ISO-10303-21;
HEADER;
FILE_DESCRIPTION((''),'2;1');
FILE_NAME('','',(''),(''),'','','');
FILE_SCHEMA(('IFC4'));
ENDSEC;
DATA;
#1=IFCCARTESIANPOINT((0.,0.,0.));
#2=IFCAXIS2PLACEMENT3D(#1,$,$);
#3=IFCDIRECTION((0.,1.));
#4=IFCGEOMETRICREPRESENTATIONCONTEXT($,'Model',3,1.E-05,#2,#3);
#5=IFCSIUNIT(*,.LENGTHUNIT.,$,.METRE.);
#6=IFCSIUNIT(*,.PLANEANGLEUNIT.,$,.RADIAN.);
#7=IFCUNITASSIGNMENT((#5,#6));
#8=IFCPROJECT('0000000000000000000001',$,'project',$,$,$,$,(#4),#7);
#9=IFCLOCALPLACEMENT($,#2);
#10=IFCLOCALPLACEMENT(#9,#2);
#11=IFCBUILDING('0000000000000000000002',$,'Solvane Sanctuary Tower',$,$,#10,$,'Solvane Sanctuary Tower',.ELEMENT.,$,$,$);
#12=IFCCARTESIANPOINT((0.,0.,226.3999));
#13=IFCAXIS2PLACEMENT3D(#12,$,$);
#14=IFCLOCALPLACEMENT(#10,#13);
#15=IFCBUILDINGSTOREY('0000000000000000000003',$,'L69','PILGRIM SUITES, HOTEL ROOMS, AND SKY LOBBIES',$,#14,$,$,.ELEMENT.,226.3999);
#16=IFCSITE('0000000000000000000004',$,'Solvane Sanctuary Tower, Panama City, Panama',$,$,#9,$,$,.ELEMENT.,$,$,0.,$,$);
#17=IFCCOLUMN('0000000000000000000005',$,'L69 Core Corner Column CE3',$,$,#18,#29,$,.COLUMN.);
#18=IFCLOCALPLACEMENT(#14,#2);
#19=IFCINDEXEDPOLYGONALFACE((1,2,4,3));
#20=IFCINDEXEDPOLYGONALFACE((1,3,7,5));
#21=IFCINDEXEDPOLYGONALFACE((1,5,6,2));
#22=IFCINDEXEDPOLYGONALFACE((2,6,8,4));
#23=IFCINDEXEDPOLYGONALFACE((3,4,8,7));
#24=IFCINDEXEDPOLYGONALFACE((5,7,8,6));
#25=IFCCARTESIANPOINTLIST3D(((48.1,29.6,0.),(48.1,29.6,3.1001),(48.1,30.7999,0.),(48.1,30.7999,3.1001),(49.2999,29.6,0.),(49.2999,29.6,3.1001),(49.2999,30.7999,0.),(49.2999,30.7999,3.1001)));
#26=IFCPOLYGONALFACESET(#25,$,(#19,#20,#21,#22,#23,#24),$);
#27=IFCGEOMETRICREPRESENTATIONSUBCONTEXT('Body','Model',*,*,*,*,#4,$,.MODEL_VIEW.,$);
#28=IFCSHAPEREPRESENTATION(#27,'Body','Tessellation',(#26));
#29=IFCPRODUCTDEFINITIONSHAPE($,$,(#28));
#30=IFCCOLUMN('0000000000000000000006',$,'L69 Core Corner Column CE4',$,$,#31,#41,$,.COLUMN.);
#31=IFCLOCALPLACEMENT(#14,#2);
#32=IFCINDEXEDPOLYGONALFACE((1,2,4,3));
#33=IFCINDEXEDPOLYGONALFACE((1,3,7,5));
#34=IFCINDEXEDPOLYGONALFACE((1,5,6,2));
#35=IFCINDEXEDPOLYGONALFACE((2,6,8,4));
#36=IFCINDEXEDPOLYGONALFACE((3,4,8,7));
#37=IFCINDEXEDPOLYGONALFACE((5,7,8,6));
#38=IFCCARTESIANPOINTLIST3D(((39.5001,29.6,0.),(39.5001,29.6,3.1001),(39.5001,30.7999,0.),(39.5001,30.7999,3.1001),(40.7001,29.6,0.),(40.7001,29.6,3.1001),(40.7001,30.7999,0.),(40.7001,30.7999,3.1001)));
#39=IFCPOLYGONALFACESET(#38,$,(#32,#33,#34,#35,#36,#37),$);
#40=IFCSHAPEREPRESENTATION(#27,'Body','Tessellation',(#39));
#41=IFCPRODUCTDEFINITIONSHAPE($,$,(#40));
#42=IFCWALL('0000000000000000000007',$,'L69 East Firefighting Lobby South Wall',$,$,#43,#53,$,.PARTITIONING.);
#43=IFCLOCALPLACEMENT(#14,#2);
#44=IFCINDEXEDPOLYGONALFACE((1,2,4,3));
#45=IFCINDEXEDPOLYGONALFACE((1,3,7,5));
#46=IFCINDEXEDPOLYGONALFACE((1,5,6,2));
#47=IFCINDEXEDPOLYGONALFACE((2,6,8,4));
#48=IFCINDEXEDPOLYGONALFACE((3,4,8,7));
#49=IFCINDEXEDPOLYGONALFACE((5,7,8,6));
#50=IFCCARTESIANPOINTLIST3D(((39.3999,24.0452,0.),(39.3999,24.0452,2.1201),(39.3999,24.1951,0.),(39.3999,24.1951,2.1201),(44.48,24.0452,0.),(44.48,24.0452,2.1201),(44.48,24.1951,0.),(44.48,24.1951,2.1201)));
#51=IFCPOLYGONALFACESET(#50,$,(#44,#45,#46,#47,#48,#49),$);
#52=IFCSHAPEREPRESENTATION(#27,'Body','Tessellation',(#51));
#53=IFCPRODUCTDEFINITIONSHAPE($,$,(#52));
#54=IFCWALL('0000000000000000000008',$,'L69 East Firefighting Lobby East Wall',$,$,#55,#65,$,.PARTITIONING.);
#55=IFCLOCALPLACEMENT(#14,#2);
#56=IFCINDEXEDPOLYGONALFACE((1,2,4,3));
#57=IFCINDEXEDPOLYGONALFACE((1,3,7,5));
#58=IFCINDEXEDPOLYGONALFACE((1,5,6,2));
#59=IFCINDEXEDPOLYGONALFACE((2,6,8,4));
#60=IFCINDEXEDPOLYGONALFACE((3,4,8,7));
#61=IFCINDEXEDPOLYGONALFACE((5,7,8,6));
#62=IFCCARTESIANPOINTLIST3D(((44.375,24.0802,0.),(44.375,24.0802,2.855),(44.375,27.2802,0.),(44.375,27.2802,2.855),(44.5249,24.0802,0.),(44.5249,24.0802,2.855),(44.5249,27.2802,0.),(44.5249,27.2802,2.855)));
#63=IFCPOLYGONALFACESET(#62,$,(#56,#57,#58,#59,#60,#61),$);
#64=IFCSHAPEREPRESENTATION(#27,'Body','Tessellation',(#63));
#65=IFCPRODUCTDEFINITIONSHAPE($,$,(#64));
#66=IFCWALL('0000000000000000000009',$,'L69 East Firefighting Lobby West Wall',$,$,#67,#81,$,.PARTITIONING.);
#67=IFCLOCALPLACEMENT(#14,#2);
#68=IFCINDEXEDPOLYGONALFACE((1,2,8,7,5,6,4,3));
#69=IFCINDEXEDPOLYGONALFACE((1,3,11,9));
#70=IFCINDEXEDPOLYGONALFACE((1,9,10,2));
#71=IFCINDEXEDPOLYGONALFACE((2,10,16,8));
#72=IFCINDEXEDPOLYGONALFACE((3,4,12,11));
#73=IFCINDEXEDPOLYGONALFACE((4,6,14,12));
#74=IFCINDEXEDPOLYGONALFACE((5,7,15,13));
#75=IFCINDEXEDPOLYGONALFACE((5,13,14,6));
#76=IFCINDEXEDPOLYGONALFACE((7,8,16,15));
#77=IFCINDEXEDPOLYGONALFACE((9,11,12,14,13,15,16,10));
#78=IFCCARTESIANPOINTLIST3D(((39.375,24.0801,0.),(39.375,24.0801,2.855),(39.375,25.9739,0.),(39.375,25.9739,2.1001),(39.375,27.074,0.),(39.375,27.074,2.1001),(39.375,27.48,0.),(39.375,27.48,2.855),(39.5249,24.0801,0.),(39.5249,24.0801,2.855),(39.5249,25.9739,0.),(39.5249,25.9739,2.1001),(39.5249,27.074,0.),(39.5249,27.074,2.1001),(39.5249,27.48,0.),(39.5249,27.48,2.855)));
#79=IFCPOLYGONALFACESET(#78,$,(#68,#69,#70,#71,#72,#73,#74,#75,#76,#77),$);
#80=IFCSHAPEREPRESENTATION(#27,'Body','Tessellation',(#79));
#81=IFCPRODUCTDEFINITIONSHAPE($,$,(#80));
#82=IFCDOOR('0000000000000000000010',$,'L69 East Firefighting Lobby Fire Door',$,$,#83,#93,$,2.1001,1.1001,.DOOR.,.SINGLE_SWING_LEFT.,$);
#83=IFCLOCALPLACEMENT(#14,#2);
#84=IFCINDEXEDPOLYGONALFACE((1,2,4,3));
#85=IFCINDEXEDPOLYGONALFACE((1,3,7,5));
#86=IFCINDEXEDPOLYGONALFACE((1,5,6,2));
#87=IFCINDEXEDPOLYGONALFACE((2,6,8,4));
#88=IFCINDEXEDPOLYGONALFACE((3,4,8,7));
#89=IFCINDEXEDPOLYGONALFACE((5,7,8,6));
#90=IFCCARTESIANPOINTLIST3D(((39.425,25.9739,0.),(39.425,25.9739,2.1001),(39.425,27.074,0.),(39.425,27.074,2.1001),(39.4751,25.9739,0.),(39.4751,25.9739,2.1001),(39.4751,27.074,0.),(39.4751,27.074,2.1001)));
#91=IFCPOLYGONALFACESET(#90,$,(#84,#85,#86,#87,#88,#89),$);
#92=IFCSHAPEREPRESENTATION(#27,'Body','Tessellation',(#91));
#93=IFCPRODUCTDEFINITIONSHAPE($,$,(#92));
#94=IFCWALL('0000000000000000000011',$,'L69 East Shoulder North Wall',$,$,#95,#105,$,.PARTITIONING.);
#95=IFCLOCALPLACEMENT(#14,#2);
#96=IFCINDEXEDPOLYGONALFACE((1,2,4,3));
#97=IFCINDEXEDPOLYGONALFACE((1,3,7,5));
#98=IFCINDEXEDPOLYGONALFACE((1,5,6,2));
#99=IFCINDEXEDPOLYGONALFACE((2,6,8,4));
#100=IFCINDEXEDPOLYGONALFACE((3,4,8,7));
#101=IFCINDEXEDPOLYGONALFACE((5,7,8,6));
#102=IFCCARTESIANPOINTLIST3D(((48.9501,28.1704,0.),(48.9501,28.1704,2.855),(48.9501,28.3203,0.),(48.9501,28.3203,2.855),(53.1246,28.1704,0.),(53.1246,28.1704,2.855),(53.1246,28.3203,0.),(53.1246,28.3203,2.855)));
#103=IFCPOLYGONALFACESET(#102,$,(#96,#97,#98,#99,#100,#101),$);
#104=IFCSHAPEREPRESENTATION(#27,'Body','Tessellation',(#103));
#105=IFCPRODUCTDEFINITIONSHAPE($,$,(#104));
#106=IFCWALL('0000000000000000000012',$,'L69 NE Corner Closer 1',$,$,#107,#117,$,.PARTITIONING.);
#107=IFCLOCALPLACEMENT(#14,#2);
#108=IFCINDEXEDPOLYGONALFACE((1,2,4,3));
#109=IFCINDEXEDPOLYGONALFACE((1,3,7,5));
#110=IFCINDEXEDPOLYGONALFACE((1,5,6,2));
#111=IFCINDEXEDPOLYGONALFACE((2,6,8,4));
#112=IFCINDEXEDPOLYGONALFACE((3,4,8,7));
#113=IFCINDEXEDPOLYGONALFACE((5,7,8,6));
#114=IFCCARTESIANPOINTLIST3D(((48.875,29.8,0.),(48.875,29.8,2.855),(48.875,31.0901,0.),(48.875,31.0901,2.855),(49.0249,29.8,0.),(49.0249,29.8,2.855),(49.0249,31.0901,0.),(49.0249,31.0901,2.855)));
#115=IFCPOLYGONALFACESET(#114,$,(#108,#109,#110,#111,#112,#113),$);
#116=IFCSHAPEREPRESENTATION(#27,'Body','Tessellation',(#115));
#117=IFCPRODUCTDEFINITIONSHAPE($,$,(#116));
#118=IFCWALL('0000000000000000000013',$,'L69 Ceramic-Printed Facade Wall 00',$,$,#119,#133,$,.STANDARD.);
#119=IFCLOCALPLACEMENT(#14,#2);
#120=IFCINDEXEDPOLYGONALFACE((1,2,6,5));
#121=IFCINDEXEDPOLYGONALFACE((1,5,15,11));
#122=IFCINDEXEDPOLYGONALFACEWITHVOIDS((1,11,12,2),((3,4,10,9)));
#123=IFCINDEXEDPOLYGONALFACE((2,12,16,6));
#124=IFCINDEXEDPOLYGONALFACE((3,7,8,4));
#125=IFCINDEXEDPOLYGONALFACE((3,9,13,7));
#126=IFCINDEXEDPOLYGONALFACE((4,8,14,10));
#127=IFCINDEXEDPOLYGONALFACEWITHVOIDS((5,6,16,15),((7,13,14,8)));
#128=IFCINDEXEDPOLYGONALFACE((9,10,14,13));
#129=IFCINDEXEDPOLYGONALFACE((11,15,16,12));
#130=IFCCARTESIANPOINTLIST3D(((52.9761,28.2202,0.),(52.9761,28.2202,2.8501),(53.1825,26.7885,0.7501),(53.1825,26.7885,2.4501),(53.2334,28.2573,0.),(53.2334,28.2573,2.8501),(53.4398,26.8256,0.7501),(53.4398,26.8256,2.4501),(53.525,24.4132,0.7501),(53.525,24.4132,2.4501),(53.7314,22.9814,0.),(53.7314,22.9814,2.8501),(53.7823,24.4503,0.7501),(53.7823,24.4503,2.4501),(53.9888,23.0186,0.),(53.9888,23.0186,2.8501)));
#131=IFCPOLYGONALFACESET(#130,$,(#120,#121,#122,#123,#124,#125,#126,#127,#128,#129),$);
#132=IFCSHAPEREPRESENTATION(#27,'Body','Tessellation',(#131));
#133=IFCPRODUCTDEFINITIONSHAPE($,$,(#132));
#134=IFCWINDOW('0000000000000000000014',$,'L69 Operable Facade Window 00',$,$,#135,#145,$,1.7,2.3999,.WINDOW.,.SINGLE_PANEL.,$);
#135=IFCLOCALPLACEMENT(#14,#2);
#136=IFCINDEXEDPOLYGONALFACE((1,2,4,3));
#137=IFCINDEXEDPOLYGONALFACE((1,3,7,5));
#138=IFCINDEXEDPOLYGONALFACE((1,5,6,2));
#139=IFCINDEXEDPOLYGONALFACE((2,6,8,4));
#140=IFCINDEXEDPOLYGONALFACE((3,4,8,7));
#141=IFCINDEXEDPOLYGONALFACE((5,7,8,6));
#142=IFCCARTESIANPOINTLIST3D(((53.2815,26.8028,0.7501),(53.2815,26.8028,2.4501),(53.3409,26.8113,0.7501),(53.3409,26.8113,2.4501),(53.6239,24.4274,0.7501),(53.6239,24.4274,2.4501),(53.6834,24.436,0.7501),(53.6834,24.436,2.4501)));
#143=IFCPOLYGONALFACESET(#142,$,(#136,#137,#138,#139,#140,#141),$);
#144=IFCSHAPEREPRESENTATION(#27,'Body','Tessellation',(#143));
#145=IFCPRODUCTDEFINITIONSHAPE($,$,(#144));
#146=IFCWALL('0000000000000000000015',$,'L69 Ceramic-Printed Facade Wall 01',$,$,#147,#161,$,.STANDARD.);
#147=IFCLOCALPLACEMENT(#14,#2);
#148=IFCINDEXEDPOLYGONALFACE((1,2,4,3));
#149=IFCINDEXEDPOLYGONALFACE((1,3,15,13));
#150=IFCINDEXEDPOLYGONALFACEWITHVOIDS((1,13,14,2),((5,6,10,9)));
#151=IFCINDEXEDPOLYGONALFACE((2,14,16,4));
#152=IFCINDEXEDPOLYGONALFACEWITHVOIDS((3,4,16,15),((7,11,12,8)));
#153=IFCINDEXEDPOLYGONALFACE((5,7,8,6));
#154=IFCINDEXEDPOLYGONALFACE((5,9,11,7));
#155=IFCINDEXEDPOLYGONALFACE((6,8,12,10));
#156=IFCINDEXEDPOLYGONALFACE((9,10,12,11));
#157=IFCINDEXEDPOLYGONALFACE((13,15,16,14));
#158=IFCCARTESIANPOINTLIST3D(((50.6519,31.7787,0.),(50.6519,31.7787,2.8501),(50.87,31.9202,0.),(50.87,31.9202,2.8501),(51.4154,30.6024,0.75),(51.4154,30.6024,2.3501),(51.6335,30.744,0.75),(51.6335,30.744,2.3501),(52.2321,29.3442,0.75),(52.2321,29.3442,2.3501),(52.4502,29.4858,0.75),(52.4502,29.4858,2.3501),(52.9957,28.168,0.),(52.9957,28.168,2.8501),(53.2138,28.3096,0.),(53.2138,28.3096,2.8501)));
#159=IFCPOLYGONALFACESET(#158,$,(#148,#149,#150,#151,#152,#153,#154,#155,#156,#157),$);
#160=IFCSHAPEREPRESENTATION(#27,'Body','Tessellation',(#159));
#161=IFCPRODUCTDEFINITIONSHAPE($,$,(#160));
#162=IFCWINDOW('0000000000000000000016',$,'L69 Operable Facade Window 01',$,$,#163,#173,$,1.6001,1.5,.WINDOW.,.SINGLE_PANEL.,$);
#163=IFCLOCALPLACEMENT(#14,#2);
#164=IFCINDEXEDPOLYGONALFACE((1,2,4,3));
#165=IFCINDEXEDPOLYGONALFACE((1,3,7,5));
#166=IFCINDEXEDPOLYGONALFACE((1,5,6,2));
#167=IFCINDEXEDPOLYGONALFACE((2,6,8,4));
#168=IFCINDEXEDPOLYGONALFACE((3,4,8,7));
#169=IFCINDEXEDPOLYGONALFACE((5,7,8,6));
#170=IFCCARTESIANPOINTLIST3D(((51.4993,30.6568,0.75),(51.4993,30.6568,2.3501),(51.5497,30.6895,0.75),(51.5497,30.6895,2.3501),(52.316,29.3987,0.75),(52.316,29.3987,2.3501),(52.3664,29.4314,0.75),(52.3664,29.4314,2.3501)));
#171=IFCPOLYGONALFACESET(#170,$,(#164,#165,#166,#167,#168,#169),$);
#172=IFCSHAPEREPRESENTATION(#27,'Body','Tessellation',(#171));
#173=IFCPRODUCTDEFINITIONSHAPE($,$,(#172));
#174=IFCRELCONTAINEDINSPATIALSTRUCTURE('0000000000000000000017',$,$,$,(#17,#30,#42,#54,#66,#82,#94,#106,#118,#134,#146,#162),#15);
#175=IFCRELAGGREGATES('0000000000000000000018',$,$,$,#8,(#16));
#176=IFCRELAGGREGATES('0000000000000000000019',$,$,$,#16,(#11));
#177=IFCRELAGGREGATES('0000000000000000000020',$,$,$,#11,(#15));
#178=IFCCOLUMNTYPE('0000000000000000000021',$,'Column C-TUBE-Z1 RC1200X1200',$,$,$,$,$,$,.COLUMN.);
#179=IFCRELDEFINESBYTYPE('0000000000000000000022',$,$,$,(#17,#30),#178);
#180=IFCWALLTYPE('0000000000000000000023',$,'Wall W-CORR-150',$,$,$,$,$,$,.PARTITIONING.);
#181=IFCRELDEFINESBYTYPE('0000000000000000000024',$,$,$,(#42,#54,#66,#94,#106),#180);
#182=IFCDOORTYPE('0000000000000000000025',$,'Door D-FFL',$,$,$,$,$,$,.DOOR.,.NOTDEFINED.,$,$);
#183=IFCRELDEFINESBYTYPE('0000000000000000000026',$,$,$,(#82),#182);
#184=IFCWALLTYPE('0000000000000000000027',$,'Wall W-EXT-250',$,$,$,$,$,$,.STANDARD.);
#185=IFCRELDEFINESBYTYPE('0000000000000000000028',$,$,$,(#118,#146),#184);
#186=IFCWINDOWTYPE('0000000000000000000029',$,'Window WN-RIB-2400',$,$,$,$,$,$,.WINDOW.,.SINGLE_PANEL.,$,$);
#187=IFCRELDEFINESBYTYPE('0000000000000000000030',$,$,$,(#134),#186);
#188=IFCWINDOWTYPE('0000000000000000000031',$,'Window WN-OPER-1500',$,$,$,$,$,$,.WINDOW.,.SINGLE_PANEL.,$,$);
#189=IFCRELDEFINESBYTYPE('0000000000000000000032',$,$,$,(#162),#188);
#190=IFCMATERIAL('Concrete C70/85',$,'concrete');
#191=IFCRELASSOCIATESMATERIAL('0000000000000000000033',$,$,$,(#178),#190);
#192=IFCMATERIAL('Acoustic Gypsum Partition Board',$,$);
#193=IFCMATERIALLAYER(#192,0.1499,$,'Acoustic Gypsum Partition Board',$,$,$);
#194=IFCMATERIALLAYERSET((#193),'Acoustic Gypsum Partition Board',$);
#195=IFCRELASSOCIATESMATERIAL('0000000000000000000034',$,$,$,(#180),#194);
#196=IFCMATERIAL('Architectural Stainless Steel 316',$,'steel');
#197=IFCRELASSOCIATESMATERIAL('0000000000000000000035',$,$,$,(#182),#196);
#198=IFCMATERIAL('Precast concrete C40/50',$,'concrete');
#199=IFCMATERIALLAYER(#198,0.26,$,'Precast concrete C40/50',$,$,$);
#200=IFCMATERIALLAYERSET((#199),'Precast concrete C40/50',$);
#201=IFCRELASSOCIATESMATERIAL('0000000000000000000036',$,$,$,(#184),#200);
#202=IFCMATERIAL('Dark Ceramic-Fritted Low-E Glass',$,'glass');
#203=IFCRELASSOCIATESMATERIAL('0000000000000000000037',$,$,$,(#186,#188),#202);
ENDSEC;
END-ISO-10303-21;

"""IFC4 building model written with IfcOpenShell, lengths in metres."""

from ifc_helpers import new_model, si_unit, direction, frame, frame_2d, origin, origin_2d, place, context, subcontext, project, spatial, rectangle, extrude, material, layer, layer_set, material_profile, profile_set, type_object, element, fill, save


model = new_model("IFC4")

# Units and contexts
model_context = context("Model", 3, precision=1e-05, world=origin(), true_north=direction((0.0, 1.0)))
body_context = subcontext(model_context, "Body", "Model", "MODEL_VIEW")
ifc_project = project(units=[si_unit("LENGTHUNIT", "METRE"), si_unit("PLANEANGLEUNIT", "RADIAN")], contexts=[model_context])

# Site, building, storey
site_placement = place(None, origin())
site = spatial("IfcSite", under=ifc_project, at=site_placement, Name="Solvane Sanctuary Tower, Panama City, Panama", CompositionType="ELEMENT", RefElevation=0.0)
building_placement = place(site_placement, origin())
building = spatial("IfcBuilding", under=site, at=building_placement, Name="Solvane Sanctuary Tower", LongName="Solvane Sanctuary Tower", CompositionType="ELEMENT")
storey_placement = place(building_placement, frame((0.0, 0.0, 226.3999)))
storey = spatial("IfcBuildingStorey", under=building, at=storey_placement, Name="L69", Description="PILGRIM SUITES, HOTEL ROOMS, AND SKY LOBBIES", CompositionType="ELEMENT", Elevation=226.3999)

# Columns
ifc_material_1 = material(Name="Concrete C70/85", Category="concrete")
ifc_material_profile = material_profile(ifc_material_1, rectangle(XDim=1.2, YDim=1.2, at=origin_2d()), Name="RC1200X1200")
ifc_profile_set = profile_set([ifc_material_profile], Name="Concrete C70/85")
column_type = type_object("IfcColumnType", Name="Column C-TUBE-Z1 RC1200X1200", PredefinedType="COLUMN", material=ifc_profile_set)
for number, where, z_axis, x_axis, name in (
    (1, (48.7, 30.2, 0.0), (0.0, 0.0, 1.0), (1.0, 0.0, 0.0), "L69 Core Corner Column CE3"),
    (2, (40.1001, 30.2, 0.0), (0.0, 0.0, 1.0), (1.0, 0.0, 0.0), "L69 Core Corner Column CE4"),
):
    element("IfcColumn", number, at=place(storey_placement, frame(where, z_axis=z_axis, x_axis=x_axis)), inside=storey, type_object=column_type, Name=name, PredefinedType="COLUMN", context=body_context, shape_type="SweptSolid", body=[
        extrude(rectangle(XDim=1.2, YDim=1.2, at=origin_2d()), origin(), (0.0, 0.0, 1.0), 3.1001),
    ])

# Walls
ifc_material_2 = material(Name="Acoustic Gypsum Partition Board")
ifc_layer_1 = layer(ifc_material_2, 0.1499, Name="Acoustic Gypsum Partition Board")
ifc_layer_set_1 = layer_set([ifc_layer_1], Name="Acoustic Gypsum Partition Board")
wall_type_1 = type_object("IfcWallType", Name="Wall W-CORR-150", PredefinedType="PARTITIONING", material=ifc_layer_set_1)
wall_1_placement = place(storey_placement, frame((39.3999, 24.1201, 0.0), z_axis=(0.0, 0.0, 1.0), x_axis=(1.0, 0.0, 0.0)))
element("IfcWall", 3, at=wall_1_placement, inside=storey, type_object=wall_type_1, Name="L69 East Firefighting Lobby South Wall", PredefinedType="PARTITIONING", context=body_context, shape_type="SweptSolid", body=[
    extrude(rectangle(XDim=5.0801, YDim=0.1499, at=frame_2d((2.54, 0.0))), origin(), (0.0, 0.0, 1.0), 2.1201),
])
wall_2_placement = place(storey_placement, frame((44.45, 24.0801, 0.0), z_axis=(0.0, 0.0, 1.0), x_axis=(0.0, 1.0, 0.0)))
element("IfcWall", 4, at=wall_2_placement, inside=storey, type_object=wall_type_1, Name="L69 East Firefighting Lobby East Wall", PredefinedType="PARTITIONING", context=body_context, shape_type="SweptSolid", body=[
    extrude(rectangle(XDim=3.2, YDim=0.1499, at=frame_2d((1.6001, 0.0))), origin(), (0.0, 0.0, 1.0), 2.855),
])

# Wall, opening, door
wall_3_placement = place(storey_placement, frame((39.45, 24.0801, 0.0), z_axis=(0.0, 0.0, 1.0), x_axis=(0.0, 1.0, 0.0)))
wall_3 = element("IfcWall", 5, at=wall_3_placement, inside=storey, type_object=wall_type_1, Name="L69 East Firefighting Lobby West Wall", PredefinedType="PARTITIONING", context=body_context, shape_type="SweptSolid", body=[
    extrude(rectangle(XDim=3.3999, YDim=0.1499, at=frame_2d((1.7, 0.0))), origin(), (0.0, 0.0, 1.0), 2.855),
])
opening_1_placement = place(wall_3_placement, frame((1.8938, 0.0, 0.0)))
opening_1 = element("IfcOpeningElement", 6, at=opening_1_placement, cuts=wall_3, PredefinedType="OPENING", context=body_context, shape_type="SweptSolid", body=[
    extrude(rectangle(XDim=1.1001, YDim=2.1001, at=frame_2d((0.55, 1.05))), frame((0.0, 0.085, 0.0), z_axis=(0.0, -1.0, 0.0), x_axis=(1.0, 0.0, 0.0)), (0.0, 0.0, 1.0), 0.1699),
])
ifc_material_3 = material(Name="Architectural Stainless Steel 316", Category="steel")
door_type_1 = type_object("IfcDoorType", Name="Door D-FFL", OperationType="NOTDEFINED", PredefinedType="DOOR", material=ifc_material_3)
door_1_placement = place(opening_1_placement, origin())
door_1 = element("IfcDoor", 7, at=door_1_placement, inside=storey, type_object=door_type_1, Name="L69 East Firefighting Lobby Fire Door", OperationType="SINGLE_SWING_LEFT", OverallHeight=2.1001, OverallWidth=1.1001, PredefinedType="DOOR", context=body_context, shape_type="SweptSolid", body=[
    extrude(rectangle(XDim=1.1001, YDim=2.1001, at=frame_2d((0.55, 1.05))), frame((0.0, 0.0249, 0.0), z_axis=(0.0, -1.0, 0.0), x_axis=(1.0, 0.0, 0.0)), (0.0, 0.0, 1.0), 0.05),
])
fill(opening_1, door_1)

# Walls
wall_4_placement = place(storey_placement, frame((48.95, 28.2454, 0.0), z_axis=(0.0, 0.0, 1.0), x_axis=(1.0, 0.0, 0.0)))
element("IfcWall", 8, at=wall_4_placement, inside=storey, type_object=wall_type_1, Name="L69 East Shoulder North Wall", PredefinedType="PARTITIONING", context=body_context, shape_type="SweptSolid", body=[
    extrude(rectangle(XDim=4.1746, YDim=0.1499, at=frame_2d((2.0874, 0.0))), origin(), (0.0, 0.0, 1.0), 2.855),
])
wall_5_placement = place(storey_placement, frame((48.95, 29.8, 0.0), z_axis=(0.0, 0.0, 1.0), x_axis=(0.0, 1.0, 0.0)))
element("IfcWall", 9, at=wall_5_placement, inside=storey, type_object=wall_type_1, Name="L69 NE Corner Closer 1", PredefinedType="PARTITIONING", context=body_context, shape_type="SweptSolid", body=[
    extrude(rectangle(XDim=1.29, YDim=0.1499, at=frame_2d((0.645, 0.0))), origin(), (0.0, 0.0, 1.0), 2.855),
])

# Walls, openings, windows
ifc_material_4 = material(Name="Precast concrete C40/50", Category="concrete")
ifc_layer_2 = layer(ifc_material_4, 0.26, Name="Precast concrete C40/50")
ifc_layer_set_2 = layer_set([ifc_layer_2], Name="Precast concrete C40/50")
wall_type_2 = type_object("IfcWallType", Name="Wall W-EXT-250", PredefinedType="STANDARD", material=ifc_layer_set_2)
wall_6_placement = place(storey_placement, frame((53.8601, 23.0, 0.0), z_axis=(0.0, 0.0, 1.0), x_axis=(-0.142713, 0.989764, 0.0)))
wall_6 = element("IfcWall", 10, at=wall_6_placement, inside=storey, type_object=wall_type_2, Name="L69 Ceramic-Printed Facade Wall 00", PredefinedType="STANDARD", context=body_context, shape_type="SweptSolid", body=[
    extrude(rectangle(XDim=5.293, YDim=0.26, at=frame_2d((2.6465, 0.0))), origin(), (0.0, 0.0, 1.0), 2.8501),
])
opening_2_placement = place(wall_6_placement, frame((1.4465, 0.0, 0.75)))
opening_2 = element("IfcOpeningElement", 11, at=opening_2_placement, cuts=wall_6, PredefinedType="OPENING", context=body_context, shape_type="SweptSolid", body=[
    extrude(rectangle(XDim=2.3999, YDim=1.7, at=frame_2d((1.2, 0.8501))), frame((0.0, 0.1399, 0.0), z_axis=(0.0, -1.0, 0.0), x_axis=(1.0, 0.0, 0.0)), (0.0, 0.0, 1.0), 0.28),
])
ifc_material_5 = material(Name="Dark Ceramic-Fritted Low-E Glass", Category="glass")
window_type_1 = type_object("IfcWindowType", Name="Window WN-RIB-2400", PartitioningType="SINGLE_PANEL", PredefinedType="WINDOW", material=ifc_material_5)
window_1_placement = place(opening_2_placement, origin())
window_1 = element("IfcWindow", 12, at=window_1_placement, inside=storey, type_object=window_type_1, Name="L69 Operable Facade Window 00", OverallHeight=1.7, OverallWidth=2.3999, PartitioningType="SINGLE_PANEL", PredefinedType="WINDOW", context=body_context, shape_type="SweptSolid", body=[
    extrude(rectangle(XDim=2.3999, YDim=1.7, at=frame_2d((1.2, 0.8501))), frame((0.0, 0.03, 0.0), z_axis=(0.0, -1.0, 0.0), x_axis=(1.0, 0.0, 0.0)), (0.0, 0.0, 1.0), 0.0601),
])
fill(opening_2, window_1)
wall_7_placement = place(storey_placement, frame((53.1047, 28.2388, 0.0), z_axis=(0.0, 0.0, 1.0), x_axis=(-0.544476, 0.838776, 0.0)))
wall_7 = element("IfcWall", 13, at=wall_7_placement, inside=storey, type_object=wall_type_2, Name="L69 Ceramic-Printed Facade Wall 01", PredefinedType="STANDARD", context=body_context, shape_type="SweptSolid", body=[
    extrude(rectangle(XDim=4.3047, YDim=0.26, at=frame_2d((2.1523, 0.0))), origin(), (0.0, 0.0, 1.0), 2.8501),
])
opening_3_placement = place(wall_7_placement, frame((1.4023, 0.0, 0.75)))
opening_3 = element("IfcOpeningElement", 14, at=opening_3_placement, cuts=wall_7, PredefinedType="OPENING", context=body_context, shape_type="SweptSolid", body=[
    extrude(rectangle(XDim=1.5, YDim=1.6001, at=frame_2d((0.75, 0.8))), frame((0.0, 0.1399, 0.0), z_axis=(0.0, -1.0, 0.0), x_axis=(1.0, 0.0, 0.0)), (0.0, 0.0, 1.0), 0.28),
])
window_type_2 = type_object("IfcWindowType", Name="Window WN-OPER-1500", PartitioningType="SINGLE_PANEL", PredefinedType="WINDOW", material=ifc_material_5)
window_2_placement = place(opening_3_placement, origin())
window_2 = element("IfcWindow", 15, at=window_2_placement, inside=storey, type_object=window_type_2, Name="L69 Operable Facade Window 01", OverallHeight=1.6001, OverallWidth=1.5, PartitioningType="SINGLE_PANEL", PredefinedType="WINDOW", context=body_context, shape_type="SweptSolid", body=[
    extrude(rectangle(XDim=1.5, YDim=1.6001, at=frame_2d((0.75, 0.8))), frame((0.0, 0.03, 0.0), z_axis=(0.0, -1.0, 0.0), x_axis=(1.0, 0.0, 0.0)), (0.0, 0.0, 1.0), 0.0601),
])
fill(opening_3, window_2)

save(model, "model.ifc")
